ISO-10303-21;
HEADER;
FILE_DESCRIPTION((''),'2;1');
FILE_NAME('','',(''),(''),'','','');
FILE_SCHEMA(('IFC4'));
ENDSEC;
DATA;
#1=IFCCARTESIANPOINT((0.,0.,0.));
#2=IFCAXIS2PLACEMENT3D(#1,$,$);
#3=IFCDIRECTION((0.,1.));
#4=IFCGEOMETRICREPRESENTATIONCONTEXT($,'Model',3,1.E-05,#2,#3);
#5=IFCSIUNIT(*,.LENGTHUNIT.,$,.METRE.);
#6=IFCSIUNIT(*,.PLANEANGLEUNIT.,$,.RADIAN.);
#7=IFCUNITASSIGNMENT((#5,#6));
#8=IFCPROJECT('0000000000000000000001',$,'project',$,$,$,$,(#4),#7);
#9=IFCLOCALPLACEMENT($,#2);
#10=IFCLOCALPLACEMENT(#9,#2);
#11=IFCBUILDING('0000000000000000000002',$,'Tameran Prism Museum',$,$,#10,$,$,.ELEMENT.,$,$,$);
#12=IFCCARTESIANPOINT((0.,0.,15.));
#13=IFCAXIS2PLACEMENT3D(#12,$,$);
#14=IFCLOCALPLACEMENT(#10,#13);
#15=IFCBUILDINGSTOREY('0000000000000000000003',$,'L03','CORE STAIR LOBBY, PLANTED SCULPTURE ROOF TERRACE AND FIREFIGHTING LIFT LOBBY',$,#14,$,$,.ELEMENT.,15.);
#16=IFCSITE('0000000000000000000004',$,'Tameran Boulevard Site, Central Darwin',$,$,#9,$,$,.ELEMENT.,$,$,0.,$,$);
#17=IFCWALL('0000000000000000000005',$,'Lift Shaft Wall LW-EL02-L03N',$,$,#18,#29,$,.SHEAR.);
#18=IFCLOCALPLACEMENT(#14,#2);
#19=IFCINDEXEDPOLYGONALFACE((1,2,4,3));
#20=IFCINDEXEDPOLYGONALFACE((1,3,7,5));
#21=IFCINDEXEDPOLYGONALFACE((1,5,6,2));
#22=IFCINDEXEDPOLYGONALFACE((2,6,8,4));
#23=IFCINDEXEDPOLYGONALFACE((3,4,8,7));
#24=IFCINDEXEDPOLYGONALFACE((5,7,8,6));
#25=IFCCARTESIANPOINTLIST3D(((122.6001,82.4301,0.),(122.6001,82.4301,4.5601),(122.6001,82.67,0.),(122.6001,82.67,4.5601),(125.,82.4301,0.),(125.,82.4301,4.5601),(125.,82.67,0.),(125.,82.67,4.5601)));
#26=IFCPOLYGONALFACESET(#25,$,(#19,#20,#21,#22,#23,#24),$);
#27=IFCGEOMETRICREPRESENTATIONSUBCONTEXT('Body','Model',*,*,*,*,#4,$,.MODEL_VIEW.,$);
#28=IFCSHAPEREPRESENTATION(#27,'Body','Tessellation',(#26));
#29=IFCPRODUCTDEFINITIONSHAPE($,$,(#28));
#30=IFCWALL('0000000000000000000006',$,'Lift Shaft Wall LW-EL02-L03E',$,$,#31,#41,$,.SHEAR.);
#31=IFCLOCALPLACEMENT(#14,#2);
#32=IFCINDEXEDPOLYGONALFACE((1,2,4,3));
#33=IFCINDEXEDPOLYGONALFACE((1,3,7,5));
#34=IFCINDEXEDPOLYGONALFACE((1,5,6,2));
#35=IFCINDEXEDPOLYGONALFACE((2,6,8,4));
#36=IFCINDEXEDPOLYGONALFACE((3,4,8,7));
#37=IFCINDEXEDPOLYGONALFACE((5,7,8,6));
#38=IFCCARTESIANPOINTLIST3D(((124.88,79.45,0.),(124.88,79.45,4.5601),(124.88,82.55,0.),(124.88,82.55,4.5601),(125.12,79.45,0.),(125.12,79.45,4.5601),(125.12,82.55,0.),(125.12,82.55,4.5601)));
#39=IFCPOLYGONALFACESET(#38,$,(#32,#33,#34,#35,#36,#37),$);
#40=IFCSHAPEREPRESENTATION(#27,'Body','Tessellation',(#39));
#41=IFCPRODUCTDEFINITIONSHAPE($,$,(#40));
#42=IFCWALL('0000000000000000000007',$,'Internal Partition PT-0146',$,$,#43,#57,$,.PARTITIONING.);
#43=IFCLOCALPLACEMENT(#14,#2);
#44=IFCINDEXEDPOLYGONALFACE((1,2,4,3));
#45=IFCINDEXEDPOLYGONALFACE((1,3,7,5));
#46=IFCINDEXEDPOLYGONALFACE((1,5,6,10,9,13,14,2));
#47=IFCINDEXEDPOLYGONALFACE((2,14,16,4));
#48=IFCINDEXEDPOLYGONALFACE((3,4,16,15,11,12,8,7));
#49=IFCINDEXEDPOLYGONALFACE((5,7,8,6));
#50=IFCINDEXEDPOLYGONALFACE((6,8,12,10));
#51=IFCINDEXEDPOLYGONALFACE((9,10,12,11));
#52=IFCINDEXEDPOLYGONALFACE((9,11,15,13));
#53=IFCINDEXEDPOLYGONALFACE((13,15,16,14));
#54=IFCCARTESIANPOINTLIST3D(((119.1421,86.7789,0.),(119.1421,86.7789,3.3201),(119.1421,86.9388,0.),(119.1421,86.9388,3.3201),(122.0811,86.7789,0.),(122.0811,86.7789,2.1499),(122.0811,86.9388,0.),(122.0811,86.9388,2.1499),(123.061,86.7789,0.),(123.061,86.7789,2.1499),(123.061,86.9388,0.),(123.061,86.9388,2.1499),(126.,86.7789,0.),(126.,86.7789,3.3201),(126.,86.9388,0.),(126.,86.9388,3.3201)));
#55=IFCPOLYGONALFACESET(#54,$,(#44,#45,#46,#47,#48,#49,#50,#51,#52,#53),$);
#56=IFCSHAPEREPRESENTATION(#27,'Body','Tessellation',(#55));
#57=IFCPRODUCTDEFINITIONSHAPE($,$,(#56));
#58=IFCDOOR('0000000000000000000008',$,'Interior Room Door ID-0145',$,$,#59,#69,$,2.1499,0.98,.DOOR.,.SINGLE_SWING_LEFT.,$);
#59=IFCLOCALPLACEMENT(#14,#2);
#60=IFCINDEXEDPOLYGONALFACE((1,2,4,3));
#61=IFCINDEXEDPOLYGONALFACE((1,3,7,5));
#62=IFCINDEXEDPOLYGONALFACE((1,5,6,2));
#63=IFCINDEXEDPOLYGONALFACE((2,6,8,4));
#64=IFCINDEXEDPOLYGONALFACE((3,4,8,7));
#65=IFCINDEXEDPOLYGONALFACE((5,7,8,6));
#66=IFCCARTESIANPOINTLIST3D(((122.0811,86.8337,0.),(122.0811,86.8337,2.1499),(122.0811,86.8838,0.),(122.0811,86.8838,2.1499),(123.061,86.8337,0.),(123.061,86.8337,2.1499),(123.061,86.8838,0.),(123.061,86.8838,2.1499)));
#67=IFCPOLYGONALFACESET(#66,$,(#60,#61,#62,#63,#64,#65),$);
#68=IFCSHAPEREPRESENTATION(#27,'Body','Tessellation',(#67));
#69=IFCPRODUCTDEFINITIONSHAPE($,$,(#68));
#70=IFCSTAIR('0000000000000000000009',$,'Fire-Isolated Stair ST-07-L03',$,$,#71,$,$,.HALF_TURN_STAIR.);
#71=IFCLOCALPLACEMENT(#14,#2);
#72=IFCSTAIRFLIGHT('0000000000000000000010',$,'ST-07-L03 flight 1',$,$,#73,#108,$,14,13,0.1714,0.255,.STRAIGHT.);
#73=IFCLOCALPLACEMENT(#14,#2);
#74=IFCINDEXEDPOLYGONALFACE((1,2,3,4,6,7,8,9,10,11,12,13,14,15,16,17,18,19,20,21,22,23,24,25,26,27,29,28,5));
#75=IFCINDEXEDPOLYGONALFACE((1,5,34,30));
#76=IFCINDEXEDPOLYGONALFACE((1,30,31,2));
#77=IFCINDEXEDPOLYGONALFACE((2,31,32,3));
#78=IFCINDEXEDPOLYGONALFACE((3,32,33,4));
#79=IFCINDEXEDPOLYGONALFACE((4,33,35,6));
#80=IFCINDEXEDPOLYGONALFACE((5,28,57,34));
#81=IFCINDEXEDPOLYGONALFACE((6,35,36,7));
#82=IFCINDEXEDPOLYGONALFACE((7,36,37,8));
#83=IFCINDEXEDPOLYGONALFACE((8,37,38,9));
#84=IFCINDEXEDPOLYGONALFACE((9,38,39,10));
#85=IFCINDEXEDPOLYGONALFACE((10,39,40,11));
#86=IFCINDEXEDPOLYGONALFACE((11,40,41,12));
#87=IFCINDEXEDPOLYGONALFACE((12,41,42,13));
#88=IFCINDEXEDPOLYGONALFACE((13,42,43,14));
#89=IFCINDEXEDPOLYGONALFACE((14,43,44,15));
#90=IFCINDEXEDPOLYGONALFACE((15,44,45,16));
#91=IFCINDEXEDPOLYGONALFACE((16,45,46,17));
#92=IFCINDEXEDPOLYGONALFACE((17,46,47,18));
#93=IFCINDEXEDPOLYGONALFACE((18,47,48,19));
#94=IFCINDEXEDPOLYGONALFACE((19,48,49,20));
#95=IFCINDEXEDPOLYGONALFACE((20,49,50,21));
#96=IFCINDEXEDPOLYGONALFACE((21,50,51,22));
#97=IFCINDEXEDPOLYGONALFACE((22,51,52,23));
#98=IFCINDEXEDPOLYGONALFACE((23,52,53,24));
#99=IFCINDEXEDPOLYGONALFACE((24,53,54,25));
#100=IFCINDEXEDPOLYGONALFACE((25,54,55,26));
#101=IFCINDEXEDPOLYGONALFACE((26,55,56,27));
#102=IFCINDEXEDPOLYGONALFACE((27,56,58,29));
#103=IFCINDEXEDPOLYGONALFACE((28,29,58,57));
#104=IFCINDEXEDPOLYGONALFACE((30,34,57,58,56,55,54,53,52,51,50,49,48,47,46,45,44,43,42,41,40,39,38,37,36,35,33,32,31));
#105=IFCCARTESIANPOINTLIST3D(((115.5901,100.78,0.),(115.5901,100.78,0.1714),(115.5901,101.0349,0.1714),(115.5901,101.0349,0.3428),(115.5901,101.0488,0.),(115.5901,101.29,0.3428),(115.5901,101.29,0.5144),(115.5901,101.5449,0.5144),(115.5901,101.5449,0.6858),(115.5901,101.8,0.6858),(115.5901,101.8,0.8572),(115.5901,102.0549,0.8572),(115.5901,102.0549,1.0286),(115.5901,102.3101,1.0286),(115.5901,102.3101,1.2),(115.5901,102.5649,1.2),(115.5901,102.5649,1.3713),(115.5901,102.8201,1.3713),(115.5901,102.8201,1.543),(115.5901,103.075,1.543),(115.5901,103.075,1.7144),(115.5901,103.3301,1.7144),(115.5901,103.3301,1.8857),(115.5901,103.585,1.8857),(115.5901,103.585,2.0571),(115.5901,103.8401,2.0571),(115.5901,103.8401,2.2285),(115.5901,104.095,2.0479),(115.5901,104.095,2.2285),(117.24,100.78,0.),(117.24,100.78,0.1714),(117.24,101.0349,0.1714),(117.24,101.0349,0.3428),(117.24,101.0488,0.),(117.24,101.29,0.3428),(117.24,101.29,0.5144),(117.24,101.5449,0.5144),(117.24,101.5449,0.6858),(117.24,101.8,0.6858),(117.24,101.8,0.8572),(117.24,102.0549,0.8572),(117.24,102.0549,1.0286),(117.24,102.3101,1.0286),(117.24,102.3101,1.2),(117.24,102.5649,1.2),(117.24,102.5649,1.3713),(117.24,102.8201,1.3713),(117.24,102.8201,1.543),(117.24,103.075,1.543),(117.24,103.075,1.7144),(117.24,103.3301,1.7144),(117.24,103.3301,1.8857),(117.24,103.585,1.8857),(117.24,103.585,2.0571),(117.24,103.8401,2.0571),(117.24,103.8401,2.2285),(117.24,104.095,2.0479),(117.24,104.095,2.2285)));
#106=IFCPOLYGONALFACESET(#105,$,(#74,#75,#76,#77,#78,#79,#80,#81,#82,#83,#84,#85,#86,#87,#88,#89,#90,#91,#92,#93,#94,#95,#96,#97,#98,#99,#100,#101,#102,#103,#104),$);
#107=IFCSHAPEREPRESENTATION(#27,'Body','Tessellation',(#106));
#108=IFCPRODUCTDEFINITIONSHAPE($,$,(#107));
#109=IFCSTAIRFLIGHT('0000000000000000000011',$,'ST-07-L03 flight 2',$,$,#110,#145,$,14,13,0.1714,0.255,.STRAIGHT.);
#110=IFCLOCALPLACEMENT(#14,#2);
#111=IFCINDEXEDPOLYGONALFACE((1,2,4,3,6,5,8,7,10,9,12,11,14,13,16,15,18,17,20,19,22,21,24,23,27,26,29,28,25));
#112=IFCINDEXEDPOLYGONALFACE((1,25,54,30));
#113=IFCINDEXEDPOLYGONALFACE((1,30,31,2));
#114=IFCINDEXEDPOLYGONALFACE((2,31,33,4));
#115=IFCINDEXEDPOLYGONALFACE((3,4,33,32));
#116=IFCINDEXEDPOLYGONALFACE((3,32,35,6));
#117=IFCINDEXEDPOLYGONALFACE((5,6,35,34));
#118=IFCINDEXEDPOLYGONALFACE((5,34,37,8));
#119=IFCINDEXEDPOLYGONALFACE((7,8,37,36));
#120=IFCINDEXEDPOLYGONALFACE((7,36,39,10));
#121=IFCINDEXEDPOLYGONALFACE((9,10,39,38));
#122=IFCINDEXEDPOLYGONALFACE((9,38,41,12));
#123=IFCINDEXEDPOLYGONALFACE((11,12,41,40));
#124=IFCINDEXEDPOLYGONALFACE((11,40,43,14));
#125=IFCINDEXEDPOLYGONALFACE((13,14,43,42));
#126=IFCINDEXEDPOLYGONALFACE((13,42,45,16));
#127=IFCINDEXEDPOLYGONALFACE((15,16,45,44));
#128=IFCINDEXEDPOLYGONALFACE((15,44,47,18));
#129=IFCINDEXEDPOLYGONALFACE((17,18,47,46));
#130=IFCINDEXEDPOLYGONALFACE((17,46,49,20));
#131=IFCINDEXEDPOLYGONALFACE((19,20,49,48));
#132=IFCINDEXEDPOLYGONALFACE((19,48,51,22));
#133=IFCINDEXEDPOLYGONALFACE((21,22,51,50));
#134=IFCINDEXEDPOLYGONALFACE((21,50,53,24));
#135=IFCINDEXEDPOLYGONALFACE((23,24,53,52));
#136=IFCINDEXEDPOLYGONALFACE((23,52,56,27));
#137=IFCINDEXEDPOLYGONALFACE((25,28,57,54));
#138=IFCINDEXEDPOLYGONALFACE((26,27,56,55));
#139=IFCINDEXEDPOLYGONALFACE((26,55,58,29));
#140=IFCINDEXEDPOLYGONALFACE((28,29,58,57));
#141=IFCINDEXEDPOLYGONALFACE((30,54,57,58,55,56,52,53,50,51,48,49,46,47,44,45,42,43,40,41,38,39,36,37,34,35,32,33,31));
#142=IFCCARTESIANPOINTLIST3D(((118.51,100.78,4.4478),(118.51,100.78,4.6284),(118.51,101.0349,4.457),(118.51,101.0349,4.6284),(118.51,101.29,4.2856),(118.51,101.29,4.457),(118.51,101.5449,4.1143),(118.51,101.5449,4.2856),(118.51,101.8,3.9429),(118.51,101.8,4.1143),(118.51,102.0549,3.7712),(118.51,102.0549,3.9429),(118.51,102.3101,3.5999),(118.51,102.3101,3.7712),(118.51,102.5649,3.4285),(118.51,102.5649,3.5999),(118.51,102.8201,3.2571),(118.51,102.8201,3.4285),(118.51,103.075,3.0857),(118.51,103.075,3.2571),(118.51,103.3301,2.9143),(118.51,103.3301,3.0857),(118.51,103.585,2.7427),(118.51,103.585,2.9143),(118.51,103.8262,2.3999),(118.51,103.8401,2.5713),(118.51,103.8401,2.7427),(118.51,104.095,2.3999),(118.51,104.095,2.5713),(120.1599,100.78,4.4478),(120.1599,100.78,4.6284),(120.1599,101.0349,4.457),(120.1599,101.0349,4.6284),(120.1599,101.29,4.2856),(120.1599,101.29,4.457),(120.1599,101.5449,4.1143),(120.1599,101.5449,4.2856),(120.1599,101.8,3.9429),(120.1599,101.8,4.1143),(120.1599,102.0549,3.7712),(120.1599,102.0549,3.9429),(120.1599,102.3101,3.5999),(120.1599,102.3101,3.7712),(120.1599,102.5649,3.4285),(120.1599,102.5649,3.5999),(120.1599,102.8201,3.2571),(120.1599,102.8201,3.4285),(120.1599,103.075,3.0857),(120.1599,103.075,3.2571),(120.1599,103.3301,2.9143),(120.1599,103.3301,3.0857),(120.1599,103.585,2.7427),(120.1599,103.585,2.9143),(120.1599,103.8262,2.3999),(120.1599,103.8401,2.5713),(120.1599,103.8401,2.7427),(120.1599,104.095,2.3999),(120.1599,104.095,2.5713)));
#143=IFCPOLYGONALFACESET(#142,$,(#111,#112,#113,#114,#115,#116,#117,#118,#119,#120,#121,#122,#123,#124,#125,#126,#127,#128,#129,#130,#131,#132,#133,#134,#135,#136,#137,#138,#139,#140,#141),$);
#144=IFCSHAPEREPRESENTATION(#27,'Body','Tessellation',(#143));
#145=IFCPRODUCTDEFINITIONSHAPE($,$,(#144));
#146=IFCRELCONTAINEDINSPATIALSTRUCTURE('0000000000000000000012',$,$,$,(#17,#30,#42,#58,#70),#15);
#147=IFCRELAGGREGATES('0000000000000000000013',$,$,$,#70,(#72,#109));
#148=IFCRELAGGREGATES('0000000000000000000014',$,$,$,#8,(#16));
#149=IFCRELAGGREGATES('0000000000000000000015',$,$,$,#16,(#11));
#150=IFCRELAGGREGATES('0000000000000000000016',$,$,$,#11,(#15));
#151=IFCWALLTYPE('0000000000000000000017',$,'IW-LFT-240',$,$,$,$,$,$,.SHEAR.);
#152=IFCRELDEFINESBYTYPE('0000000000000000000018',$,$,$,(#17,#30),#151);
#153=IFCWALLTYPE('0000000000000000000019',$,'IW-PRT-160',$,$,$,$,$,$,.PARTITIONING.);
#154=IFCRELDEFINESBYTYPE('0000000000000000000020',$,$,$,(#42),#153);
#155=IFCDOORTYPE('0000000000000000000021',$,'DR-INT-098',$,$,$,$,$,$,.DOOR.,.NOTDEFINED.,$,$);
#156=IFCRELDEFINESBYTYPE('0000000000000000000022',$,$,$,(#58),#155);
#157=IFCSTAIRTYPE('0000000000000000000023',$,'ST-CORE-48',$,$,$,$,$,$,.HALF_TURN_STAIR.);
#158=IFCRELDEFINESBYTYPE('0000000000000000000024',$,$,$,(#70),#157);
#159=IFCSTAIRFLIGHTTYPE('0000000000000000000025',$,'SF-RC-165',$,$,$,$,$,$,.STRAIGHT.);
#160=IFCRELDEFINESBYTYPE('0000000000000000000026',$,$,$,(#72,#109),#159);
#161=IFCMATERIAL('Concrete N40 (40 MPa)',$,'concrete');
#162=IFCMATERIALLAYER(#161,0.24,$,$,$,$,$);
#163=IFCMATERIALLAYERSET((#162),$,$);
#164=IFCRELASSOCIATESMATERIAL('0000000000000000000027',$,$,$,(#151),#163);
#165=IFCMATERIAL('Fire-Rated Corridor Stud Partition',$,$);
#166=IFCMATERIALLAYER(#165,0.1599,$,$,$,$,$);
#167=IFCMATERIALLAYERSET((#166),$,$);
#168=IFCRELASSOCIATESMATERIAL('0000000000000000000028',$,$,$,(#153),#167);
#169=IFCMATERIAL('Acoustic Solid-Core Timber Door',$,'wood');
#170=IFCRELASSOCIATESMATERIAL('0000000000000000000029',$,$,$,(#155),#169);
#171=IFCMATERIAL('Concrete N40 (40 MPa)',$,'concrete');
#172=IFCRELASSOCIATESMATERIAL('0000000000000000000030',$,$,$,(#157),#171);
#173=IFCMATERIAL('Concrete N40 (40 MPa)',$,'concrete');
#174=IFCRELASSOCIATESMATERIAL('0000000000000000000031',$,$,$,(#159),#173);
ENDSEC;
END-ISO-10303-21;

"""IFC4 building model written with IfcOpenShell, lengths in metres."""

from ifc_helpers import new_model, si_unit, direction, frame, frame_2d, origin, place, context, subcontext, project, spatial, polyline, rectangle, outline, extrude, material, layer, layer_set, type_object, element, fill, aggregate, save


model = new_model("IFC4")

# Units and contexts
model_context = context("Model", 3, precision=1e-05, world=origin(), true_north=direction((0.0, 1.0)))
body_context = subcontext(model_context, "Body", "Model", "MODEL_VIEW")
ifc_project = project(units=[si_unit("LENGTHUNIT", "METRE"), si_unit("PLANEANGLEUNIT", "RADIAN")], contexts=[model_context])

# Site, building, storey
site_placement = place(None, origin())
site = spatial("IfcSite", under=ifc_project, at=site_placement, Name="Tameran Boulevard Site, Central Darwin", CompositionType="ELEMENT", RefElevation=0.0)
building_placement = place(site_placement, origin())
building = spatial("IfcBuilding", under=site, at=building_placement, Name="Tameran Prism Museum", CompositionType="ELEMENT")
storey_placement = place(building_placement, frame((0.0, 0.0, 15.0)))
storey = spatial("IfcBuildingStorey", under=building, at=storey_placement, Name="L03", Description="CORE STAIR LOBBY, PLANTED SCULPTURE ROOF TERRACE AND FIREFIGHTING LIFT LOBBY", CompositionType="ELEMENT", Elevation=15.0)

# Walls
ifc_material_1 = material(Name="Concrete N40 (40 MPa)", Category="concrete")
ifc_layer_1 = layer(ifc_material_1, 0.24)
ifc_layer_set_1 = layer_set([ifc_layer_1])
wall_type_1 = type_object("IfcWallType", Name="IW-LFT-240", PredefinedType="SHEAR", material=ifc_layer_set_1)
wall_1_placement = place(storey_placement, frame((122.6001, 82.55, 0.0), z_axis=(0.0, 0.0, 1.0), x_axis=(1.0, 0.0, 0.0)))
element("IfcWall", 1, at=wall_1_placement, inside=storey, type_object=wall_type_1, Name="Lift Shaft Wall LW-EL02-L03N", PredefinedType="SHEAR", context=body_context, shape_type="SweptSolid", body=[
    extrude(rectangle(XDim=2.3999, YDim=0.24, at=frame_2d((1.2, 0.0))), origin(), (0.0, 0.0, 1.0), 4.5601),
])
wall_2_placement = place(storey_placement, frame((125.0, 82.55, 0.0), z_axis=(0.0, 0.0, 1.0), x_axis=(0.0, -1.0, 0.0)))
element("IfcWall", 2, at=wall_2_placement, inside=storey, type_object=wall_type_1, Name="Lift Shaft Wall LW-EL02-L03E", PredefinedType="SHEAR", context=body_context, shape_type="SweptSolid", body=[
    extrude(rectangle(XDim=3.1001, YDim=0.24, at=frame_2d((1.55, 0.0))), origin(), (0.0, 0.0, 1.0), 4.5601),
])

# Wall, opening, door
ifc_material_2 = material(Name="Fire-Rated Corridor Stud Partition")
ifc_layer_2 = layer(ifc_material_2, 0.1599)
ifc_layer_set_2 = layer_set([ifc_layer_2])
wall_type_2 = type_object("IfcWallType", Name="IW-PRT-160", PredefinedType="PARTITIONING", material=ifc_layer_set_2)
wall_3_placement = place(storey_placement, frame((119.1421, 86.8589, 0.0), z_axis=(0.0, 0.0, 1.0), x_axis=(1.0, 0.0, 0.0)))
wall_3 = element("IfcWall", 3, at=wall_3_placement, inside=storey, type_object=wall_type_2, Name="Internal Partition PT-0146", PredefinedType="PARTITIONING", context=body_context, shape_type="SweptSolid", body=[
    extrude(rectangle(XDim=6.8579, YDim=0.1599, at=frame_2d((3.429, 0.0))), origin(), (0.0, 0.0, 1.0), 3.3201),
])
opening_1_placement = place(wall_3_placement, frame((2.939, 0.0, 0.0)))
opening_1 = element("IfcOpeningElement", 4, at=opening_1_placement, cuts=wall_3, PredefinedType="OPENING", context=body_context, shape_type="SweptSolid", body=[
    extrude(rectangle(XDim=0.98, YDim=2.1499, at=frame_2d((0.49, 1.075))), frame((0.0, 0.0898, 0.0), z_axis=(0.0, -1.0, 0.0), x_axis=(1.0, 0.0, 0.0)), (0.0, 0.0, 1.0), 0.1799),
])
ifc_material_3 = material(Name="Acoustic Solid-Core Timber Door", Category="wood")
door_type_1 = type_object("IfcDoorType", Name="DR-INT-098", OperationType="NOTDEFINED", PredefinedType="DOOR", material=ifc_material_3)
door_1_placement = place(opening_1_placement, origin())
door_1 = element("IfcDoor", 5, at=door_1_placement, inside=storey, type_object=door_type_1, Name="Interior Room Door ID-0145", OperationType="SINGLE_SWING_LEFT", OverallHeight=2.1499, OverallWidth=0.98, PredefinedType="DOOR", context=body_context, shape_type="SweptSolid", body=[
    extrude(rectangle(XDim=0.98, YDim=2.1499, at=frame_2d((0.49, 1.075))), frame((0.0, 0.0249, 0.0), z_axis=(0.0, -1.0, 0.0), x_axis=(1.0, 0.0, 0.0)), (0.0, 0.0, 1.0), 0.05),
])
fill(opening_1, door_1)

# Stair, stair flights
ifc_material_4 = material(Name="Concrete N40 (40 MPa)", Category="concrete")
stair_type = type_object("IfcStairType", Name="ST-CORE-48", PredefinedType="HALF_TURN_STAIR", material=ifc_material_4)
stair_placement = place(storey_placement, origin())
stair = element("IfcStair", 6, at=stair_placement, inside=storey, type_object=stair_type, Name="Fire-Isolated Stair ST-07-L03", PredefinedType="HALF_TURN_STAIR")
ifc_material_5 = material(Name="Concrete N40 (40 MPa)", Category="concrete")
stair_flight_type = type_object("IfcStairFlightType", Name="SF-RC-165", PredefinedType="STRAIGHT", material=ifc_material_5)
stair_flight_1_placement = place(storey_placement, frame((116.415, 100.78, 0.0), z_axis=(0.0, 0.0, 1.0), x_axis=(0.0, 1.0, 0.0)))
stair_flight_1 = element("IfcStairFlight", 7, at=stair_flight_1_placement, type_object=stair_flight_type, Name="ST-07-L03 flight 1", NumberOfRisers=14, NumberOfTreads=13, PredefinedType="STRAIGHT", RiserHeight=0.1714, TreadLength=0.255, context=body_context, shape_type="SweptSolid", body=[
    extrude(outline(polyline([(0.0, 0.0), (0.0, 0.1714), (0.2549, 0.1714), (0.2549, 0.3428), (0.51, 0.3428), (0.51, 0.5144), (0.7649, 0.5144), (0.7649, 0.6858), (1.02, 0.6858), (1.02, 0.8572), (1.2749, 0.8572), (1.2749, 1.0286), (1.53, 1.0286), (1.53, 1.2), (1.7849, 1.2), (1.7849, 1.3713), (2.04, 1.3713), (2.04, 1.543), (2.2949, 1.543), (2.2949, 1.7144), (2.55, 1.7144), (2.55, 1.8857), (2.8049, 1.8857), (2.8049, 2.0571), (3.0601, 2.0571), (3.0601, 2.2285), (3.3149, 2.2285), (3.3149, 2.3999), (3.3149, 2.0479), (0.2688, 0.0), (0.0, 0.0)])), frame((0.0, 0.825, 0.0), z_axis=(0.0, -1.0, 0.0), x_axis=(1.0, 0.0, 0.0)), (0.0, 0.0, 1.0), 1.6499),
])
stair_flight_2_placement = place(storey_placement, frame((119.335, 104.095, 2.3999), z_axis=(0.0, 0.0, 1.0), x_axis=(0.0, -1.0, 0.0)))
stair_flight_2 = element("IfcStairFlight", 8, at=stair_flight_2_placement, type_object=stair_flight_type, Name="ST-07-L03 flight 2", NumberOfRisers=14, NumberOfTreads=13, PredefinedType="STRAIGHT", RiserHeight=0.1714, TreadLength=0.255, context=body_context, shape_type="SweptSolid", body=[
    extrude(outline(polyline([(0.0, 0.0), (0.0, 0.1714), (0.2549, 0.1714), (0.2549, 0.3428), (0.51, 0.3428), (0.51, 0.5144), (0.7649, 0.5144), (0.7649, 0.6858), (1.02, 0.6858), (1.02, 0.8572), (1.2749, 0.8572), (1.2749, 1.0286), (1.53, 1.0286), (1.53, 1.2), (1.7849, 1.2), (1.7849, 1.3713), (2.04, 1.3713), (2.04, 1.543), (2.2949, 1.543), (2.2949, 1.7144), (2.55, 1.7144), (2.55, 1.8857), (2.8049, 1.8857), (2.8049, 2.0571), (3.0601, 2.0571), (3.0601, 2.2285), (3.3149, 2.2285), (3.3149, 2.3999), (3.3149, 2.0479), (0.2688, 0.0), (0.0, 0.0)])), frame((0.0, 0.825, 0.0), z_axis=(0.0, -1.0, 0.0), x_axis=(1.0, 0.0, 0.0)), (0.0, 0.0, 1.0), 1.6499),
])
aggregate(stair, [stair_flight_1, stair_flight_2])

save(model, "model.ifc")
